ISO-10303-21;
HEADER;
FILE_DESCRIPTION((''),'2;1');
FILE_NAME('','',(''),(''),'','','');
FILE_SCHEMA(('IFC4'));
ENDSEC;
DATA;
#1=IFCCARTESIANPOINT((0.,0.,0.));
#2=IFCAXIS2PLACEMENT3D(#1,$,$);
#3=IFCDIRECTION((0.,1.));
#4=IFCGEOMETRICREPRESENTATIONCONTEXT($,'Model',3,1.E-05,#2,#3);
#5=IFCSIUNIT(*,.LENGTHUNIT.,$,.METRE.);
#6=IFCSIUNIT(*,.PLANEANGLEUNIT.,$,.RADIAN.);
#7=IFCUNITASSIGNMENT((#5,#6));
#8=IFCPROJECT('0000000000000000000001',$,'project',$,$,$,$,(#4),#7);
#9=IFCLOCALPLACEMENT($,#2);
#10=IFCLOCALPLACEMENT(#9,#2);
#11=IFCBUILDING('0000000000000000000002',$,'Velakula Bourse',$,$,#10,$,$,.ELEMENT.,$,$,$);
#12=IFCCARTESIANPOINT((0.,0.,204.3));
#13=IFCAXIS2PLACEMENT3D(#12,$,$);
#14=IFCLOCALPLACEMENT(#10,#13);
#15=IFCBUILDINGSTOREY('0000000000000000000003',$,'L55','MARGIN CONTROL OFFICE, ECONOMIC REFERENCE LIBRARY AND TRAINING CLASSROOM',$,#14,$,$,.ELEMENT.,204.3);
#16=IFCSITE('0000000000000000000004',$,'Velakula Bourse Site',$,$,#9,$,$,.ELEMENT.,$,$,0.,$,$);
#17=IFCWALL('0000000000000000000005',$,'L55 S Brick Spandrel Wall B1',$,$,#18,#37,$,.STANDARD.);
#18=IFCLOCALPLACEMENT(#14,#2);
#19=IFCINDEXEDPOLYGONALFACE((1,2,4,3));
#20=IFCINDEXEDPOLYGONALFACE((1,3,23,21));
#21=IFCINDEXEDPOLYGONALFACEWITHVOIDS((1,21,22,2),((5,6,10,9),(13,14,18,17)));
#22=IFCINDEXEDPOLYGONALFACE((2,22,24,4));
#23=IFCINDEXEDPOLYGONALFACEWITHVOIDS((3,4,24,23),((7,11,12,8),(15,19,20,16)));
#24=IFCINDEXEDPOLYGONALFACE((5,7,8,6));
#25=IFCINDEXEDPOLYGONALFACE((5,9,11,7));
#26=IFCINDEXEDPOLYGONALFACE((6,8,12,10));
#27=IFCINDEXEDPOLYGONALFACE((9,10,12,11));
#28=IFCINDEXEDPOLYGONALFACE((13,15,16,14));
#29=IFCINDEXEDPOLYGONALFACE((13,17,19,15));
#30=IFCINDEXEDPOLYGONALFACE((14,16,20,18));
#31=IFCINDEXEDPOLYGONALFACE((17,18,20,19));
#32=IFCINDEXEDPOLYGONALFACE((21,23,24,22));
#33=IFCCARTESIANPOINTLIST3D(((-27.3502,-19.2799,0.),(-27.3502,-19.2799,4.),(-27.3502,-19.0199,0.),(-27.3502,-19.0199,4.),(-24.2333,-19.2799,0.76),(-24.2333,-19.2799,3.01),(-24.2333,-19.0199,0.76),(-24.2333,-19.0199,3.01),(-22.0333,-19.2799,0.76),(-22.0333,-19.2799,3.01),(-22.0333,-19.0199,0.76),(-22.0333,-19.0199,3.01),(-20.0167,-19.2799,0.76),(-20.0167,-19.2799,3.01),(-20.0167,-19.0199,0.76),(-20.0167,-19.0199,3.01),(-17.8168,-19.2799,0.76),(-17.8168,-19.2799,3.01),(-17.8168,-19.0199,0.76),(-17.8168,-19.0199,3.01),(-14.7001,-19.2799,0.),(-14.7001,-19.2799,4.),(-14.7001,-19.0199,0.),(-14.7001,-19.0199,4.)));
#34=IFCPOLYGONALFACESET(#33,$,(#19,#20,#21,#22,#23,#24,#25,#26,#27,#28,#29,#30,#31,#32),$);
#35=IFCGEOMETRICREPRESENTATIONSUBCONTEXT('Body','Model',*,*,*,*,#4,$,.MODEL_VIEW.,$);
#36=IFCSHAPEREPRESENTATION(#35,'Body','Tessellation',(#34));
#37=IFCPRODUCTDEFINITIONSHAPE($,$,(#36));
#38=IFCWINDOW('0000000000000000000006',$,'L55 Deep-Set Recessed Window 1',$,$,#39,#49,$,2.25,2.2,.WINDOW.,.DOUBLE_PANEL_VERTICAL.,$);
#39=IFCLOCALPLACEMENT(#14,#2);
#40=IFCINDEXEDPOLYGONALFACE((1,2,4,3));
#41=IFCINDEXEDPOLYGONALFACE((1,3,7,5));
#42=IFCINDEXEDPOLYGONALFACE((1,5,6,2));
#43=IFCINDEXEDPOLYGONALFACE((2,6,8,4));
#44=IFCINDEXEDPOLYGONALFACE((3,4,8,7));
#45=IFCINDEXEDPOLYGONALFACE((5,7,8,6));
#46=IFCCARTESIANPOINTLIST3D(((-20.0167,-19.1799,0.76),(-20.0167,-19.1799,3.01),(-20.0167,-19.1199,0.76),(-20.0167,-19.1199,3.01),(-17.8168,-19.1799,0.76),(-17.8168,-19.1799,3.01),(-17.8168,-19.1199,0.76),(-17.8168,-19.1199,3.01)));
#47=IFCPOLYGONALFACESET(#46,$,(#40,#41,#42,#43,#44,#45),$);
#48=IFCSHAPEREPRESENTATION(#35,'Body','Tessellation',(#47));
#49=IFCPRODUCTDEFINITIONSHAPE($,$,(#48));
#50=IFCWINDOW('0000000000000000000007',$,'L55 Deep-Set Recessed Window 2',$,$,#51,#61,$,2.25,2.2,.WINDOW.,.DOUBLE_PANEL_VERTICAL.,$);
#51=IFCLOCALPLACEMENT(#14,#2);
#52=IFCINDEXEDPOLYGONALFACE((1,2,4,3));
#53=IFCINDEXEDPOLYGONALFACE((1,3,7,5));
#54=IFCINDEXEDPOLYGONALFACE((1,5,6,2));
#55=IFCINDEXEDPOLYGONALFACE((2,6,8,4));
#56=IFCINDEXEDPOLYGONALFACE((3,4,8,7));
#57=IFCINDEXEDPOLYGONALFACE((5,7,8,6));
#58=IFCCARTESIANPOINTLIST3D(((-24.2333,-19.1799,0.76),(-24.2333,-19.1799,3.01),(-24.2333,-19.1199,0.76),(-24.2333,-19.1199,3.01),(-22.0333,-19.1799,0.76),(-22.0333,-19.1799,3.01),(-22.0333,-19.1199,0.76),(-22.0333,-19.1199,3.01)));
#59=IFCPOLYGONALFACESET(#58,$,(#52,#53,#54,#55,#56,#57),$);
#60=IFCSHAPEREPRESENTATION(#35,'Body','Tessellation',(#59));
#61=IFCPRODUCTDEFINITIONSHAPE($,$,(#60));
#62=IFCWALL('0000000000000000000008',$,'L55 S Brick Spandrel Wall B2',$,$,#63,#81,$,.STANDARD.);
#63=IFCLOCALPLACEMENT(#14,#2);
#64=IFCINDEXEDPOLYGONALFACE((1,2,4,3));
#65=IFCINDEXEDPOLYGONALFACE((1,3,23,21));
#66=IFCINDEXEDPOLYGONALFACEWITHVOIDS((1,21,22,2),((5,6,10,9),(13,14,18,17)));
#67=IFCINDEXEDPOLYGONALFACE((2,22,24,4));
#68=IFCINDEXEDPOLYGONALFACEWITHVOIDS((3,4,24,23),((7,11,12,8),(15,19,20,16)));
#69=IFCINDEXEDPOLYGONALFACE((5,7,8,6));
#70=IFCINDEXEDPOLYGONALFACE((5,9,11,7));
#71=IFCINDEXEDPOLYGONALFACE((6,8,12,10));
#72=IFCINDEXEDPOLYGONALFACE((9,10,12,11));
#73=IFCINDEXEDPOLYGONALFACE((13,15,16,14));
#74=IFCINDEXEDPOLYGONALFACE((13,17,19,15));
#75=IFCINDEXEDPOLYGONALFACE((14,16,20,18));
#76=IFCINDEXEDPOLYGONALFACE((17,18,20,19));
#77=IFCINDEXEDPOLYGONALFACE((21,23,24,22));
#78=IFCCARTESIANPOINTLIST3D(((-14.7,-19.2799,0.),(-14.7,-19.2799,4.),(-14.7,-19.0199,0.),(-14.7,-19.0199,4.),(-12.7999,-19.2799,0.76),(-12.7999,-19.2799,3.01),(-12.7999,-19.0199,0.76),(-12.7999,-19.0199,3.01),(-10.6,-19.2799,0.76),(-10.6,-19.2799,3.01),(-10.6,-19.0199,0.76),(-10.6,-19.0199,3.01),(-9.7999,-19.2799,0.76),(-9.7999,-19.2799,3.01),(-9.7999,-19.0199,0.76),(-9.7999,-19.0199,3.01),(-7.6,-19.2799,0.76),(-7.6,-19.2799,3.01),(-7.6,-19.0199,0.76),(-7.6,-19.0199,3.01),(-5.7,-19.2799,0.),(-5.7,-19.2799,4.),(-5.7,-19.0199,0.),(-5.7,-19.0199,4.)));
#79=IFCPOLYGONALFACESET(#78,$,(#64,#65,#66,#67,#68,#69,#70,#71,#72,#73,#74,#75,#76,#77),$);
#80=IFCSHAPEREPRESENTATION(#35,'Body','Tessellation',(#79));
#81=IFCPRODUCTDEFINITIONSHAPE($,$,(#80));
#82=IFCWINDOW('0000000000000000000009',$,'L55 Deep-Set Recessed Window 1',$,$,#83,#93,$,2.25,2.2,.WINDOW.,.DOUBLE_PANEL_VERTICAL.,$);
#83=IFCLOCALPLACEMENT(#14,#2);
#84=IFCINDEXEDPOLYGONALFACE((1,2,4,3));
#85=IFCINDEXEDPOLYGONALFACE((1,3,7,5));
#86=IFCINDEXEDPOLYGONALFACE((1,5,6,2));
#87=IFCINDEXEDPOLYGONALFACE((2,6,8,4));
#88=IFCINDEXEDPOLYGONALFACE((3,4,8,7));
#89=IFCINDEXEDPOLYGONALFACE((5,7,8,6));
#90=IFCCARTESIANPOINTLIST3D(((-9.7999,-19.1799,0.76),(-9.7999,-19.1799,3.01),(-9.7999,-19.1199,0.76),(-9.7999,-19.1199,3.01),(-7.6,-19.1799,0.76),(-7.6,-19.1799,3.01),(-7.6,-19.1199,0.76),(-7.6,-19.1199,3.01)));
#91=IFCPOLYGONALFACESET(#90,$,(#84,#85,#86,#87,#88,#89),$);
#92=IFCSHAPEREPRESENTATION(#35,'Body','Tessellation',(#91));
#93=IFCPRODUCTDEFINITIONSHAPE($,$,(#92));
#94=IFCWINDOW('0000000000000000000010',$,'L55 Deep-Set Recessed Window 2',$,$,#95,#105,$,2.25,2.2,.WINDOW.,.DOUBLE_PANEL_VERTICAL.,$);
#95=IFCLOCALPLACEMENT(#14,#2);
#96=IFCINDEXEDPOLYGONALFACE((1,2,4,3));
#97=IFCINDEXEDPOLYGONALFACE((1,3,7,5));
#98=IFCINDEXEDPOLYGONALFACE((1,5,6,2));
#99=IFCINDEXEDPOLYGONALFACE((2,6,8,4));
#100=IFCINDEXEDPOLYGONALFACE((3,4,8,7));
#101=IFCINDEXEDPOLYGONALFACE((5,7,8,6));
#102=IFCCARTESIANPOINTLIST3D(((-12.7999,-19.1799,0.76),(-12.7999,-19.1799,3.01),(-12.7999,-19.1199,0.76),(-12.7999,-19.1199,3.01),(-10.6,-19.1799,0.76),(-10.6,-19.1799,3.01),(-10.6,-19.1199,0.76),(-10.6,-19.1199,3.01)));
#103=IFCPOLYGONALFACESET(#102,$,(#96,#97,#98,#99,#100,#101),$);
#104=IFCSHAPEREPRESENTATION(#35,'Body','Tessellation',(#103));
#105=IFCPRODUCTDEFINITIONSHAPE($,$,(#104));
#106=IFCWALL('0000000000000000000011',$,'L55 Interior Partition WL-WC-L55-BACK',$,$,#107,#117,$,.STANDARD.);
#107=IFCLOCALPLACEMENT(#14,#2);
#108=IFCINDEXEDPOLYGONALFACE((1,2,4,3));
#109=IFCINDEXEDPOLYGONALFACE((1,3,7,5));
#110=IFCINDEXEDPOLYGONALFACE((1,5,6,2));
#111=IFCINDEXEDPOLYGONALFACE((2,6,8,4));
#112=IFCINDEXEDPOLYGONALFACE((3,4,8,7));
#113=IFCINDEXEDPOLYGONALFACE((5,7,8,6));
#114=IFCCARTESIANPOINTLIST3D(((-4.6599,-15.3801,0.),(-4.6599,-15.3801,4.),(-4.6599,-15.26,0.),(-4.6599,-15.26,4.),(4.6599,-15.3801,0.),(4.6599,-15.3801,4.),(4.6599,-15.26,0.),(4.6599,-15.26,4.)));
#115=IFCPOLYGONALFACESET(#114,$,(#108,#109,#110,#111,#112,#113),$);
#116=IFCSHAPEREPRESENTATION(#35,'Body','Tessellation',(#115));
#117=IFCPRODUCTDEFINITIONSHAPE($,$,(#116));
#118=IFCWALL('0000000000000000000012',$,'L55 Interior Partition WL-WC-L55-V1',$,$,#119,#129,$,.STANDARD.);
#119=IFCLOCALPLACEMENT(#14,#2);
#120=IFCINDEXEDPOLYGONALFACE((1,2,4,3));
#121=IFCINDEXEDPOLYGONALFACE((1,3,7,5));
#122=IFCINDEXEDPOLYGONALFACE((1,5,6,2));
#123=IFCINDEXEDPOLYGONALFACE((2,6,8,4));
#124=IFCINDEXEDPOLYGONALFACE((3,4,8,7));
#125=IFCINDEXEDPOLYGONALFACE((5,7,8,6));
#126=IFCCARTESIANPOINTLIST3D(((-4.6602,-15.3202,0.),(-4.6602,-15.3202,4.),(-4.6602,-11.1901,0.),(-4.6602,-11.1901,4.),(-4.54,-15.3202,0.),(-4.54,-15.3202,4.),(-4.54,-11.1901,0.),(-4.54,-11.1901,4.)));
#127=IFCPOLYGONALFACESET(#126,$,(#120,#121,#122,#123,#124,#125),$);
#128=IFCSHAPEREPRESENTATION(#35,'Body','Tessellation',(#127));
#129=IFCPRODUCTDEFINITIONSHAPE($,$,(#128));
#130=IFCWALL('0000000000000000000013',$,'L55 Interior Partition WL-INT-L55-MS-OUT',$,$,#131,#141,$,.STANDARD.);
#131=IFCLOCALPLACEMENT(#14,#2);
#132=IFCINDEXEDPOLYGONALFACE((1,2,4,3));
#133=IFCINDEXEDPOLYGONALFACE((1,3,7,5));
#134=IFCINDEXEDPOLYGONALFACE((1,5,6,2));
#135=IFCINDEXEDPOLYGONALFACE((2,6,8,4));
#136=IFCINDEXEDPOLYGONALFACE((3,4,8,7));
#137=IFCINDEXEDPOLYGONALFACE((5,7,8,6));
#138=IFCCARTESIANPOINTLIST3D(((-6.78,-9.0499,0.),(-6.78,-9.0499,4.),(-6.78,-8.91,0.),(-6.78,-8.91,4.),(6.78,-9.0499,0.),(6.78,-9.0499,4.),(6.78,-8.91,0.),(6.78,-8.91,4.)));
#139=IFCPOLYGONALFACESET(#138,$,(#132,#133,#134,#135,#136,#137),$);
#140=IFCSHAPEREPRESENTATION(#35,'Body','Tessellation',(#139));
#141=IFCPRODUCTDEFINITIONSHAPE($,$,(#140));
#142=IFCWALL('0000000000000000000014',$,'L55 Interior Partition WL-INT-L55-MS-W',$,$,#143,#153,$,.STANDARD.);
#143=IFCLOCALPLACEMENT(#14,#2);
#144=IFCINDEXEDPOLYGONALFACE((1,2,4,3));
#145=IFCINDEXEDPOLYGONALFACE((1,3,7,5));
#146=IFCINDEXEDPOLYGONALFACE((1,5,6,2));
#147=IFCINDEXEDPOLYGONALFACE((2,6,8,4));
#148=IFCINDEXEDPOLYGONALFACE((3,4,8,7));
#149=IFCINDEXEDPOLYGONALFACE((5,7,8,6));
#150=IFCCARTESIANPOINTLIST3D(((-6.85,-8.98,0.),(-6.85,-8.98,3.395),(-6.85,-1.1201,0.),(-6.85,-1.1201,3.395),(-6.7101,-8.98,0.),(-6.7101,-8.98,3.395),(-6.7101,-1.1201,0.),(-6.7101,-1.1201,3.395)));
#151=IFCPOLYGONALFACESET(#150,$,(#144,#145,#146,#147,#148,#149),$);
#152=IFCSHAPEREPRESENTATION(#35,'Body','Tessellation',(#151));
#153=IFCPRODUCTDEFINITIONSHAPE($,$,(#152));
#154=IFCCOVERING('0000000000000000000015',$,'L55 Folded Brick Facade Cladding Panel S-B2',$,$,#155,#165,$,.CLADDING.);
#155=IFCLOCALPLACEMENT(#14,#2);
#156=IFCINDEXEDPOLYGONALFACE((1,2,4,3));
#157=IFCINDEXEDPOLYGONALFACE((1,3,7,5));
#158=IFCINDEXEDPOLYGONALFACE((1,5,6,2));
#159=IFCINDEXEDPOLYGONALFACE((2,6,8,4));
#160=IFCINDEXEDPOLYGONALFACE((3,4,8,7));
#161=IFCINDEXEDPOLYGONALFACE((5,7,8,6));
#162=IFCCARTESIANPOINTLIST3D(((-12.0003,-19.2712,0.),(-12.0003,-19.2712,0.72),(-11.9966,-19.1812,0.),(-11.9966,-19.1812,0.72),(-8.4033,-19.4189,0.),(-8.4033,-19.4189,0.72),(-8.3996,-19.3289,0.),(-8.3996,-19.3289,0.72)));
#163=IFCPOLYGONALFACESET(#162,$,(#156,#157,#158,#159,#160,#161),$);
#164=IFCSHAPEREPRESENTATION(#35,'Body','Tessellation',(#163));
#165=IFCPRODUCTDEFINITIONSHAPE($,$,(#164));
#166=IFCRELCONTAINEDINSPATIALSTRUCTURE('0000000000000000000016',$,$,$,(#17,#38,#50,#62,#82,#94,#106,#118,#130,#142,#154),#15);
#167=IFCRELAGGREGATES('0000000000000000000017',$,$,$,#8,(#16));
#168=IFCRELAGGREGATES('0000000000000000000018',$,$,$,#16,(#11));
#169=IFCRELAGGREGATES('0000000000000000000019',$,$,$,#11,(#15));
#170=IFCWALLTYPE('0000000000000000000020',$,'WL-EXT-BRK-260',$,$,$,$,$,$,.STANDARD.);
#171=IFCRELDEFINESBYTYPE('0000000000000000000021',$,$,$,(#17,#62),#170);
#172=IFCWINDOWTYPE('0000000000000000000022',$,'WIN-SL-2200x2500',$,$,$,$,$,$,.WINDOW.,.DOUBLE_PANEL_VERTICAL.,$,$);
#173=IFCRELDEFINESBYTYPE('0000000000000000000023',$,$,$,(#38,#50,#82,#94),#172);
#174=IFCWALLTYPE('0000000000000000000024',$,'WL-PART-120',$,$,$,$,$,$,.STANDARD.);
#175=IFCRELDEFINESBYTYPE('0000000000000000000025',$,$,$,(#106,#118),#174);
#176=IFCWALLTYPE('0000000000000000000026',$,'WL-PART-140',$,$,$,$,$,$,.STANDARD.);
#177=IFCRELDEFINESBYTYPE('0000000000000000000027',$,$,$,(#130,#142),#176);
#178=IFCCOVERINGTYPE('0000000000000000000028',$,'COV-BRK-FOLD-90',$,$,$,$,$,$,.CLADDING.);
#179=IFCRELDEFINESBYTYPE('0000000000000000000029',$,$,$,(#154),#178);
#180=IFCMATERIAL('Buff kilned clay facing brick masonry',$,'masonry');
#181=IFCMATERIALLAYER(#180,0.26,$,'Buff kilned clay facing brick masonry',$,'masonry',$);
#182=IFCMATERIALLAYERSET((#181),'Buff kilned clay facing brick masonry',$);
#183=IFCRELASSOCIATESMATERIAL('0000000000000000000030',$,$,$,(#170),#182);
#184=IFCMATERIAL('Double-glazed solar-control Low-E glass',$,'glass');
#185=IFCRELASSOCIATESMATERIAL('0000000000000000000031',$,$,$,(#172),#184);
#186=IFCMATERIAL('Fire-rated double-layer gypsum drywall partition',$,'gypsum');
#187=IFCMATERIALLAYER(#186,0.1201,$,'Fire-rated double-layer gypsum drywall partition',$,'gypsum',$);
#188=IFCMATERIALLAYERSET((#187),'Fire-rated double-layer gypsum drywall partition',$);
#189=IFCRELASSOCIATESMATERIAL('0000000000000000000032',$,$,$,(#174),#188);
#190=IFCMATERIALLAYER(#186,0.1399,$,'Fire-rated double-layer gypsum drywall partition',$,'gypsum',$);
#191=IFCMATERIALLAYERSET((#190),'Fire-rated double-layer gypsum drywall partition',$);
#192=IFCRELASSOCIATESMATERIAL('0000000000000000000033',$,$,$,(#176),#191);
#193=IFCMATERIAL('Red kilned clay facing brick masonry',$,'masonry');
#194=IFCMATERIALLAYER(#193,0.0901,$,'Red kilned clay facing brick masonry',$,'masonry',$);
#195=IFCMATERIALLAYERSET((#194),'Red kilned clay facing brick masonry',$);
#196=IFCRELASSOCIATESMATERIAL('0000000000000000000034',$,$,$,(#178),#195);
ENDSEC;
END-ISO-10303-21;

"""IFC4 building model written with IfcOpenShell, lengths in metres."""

from ifc_helpers import new_model, si_unit, direction, frame, frame_2d, origin, origin_2d, place, context, subcontext, project, spatial, rectangle, extrude, material, layer, layer_set, type_object, element, fill, save


model = new_model("IFC4")

# Units and contexts
model_context = context("Model", 3, precision=1e-05, world=origin(), true_north=direction((0.0, 1.0)))
body_context = subcontext(model_context, "Body", "Model", "MODEL_VIEW")
ifc_project = project(units=[si_unit("LENGTHUNIT", "METRE"), si_unit("PLANEANGLEUNIT", "RADIAN")], contexts=[model_context])

# Site, building, storey
site_placement = place(None, origin())
site = spatial("IfcSite", under=ifc_project, at=site_placement, Name="Velakula Bourse Site", CompositionType="ELEMENT", RefElevation=0.0)
building_placement = place(site_placement, origin())
building = spatial("IfcBuilding", under=site, at=building_placement, Name="Velakula Bourse", CompositionType="ELEMENT")
storey_placement = place(building_placement, frame((0.0, 0.0, 204.3)))
storey = spatial("IfcBuildingStorey", under=building, at=storey_placement, Name="L55", Description="MARGIN CONTROL OFFICE, ECONOMIC REFERENCE LIBRARY AND TRAINING CLASSROOM", CompositionType="ELEMENT", Elevation=204.3)

# Walls, openings, windows
ifc_material_1 = material(Name="Buff kilned clay facing brick masonry", Category="masonry")
ifc_layer_1 = layer(ifc_material_1, 0.26, Name="Buff kilned clay facing brick masonry", Category="masonry")
ifc_layer_set_1 = layer_set([ifc_layer_1], Name="Buff kilned clay facing brick masonry")
wall_type_1 = type_object("IfcWallType", Name="WL-EXT-BRK-260", PredefinedType="STANDARD", material=ifc_layer_set_1)
wall_1_placement = place(storey_placement, frame((-14.7, -19.1499, 0.0), z_axis=(0.0, 0.0, 1.0), x_axis=(-1.0, 0.0, 0.0)))
wall_1 = element("IfcWall", 1, at=wall_1_placement, inside=storey, type_object=wall_type_1, Name="L55 S Brick Spandrel Wall B1", PredefinedType="STANDARD", context=body_context, shape_type="SweptSolid", body=[
    extrude(rectangle(XDim=12.6501, YDim=0.26, at=frame_2d((6.3252, 0.0))), origin(), (0.0, 0.0, 1.0), 4.0),
])
opening_1_placement = place(wall_1_placement, frame((3.1167, 0.0, 0.76)))
opening_1 = element("IfcOpeningElement", 2, at=opening_1_placement, cuts=wall_1, PredefinedType="OPENING", context=body_context, shape_type="SweptSolid", body=[
    extrude(rectangle(XDim=2.2, YDim=2.25, at=frame_2d((1.1001, 1.125))), frame((0.0, 0.1399, 0.0), z_axis=(0.0, -1.0, 0.0), x_axis=(1.0, 0.0, 0.0)), (0.0, 0.0, 1.0), 0.28),
])
opening_2_placement = place(wall_1_placement, frame((7.3333, 0.0, 0.76)))
opening_2 = element("IfcOpeningElement", 3, at=opening_2_placement, cuts=wall_1, PredefinedType="OPENING", context=body_context, shape_type="SweptSolid", body=[
    extrude(rectangle(XDim=2.2, YDim=2.25, at=frame_2d((1.1001, 1.125))), frame((0.0, 0.1399, 0.0), z_axis=(0.0, -1.0, 0.0), x_axis=(1.0, 0.0, 0.0)), (0.0, 0.0, 1.0), 0.28),
])
ifc_material_2 = material(Name="Double-glazed solar-control Low-E glass", Category="glass")
window_type = type_object("IfcWindowType", Name="WIN-SL-2200x2500", PartitioningType="DOUBLE_PANEL_VERTICAL", PredefinedType="WINDOW", material=ifc_material_2)
window_1_placement = place(opening_1_placement, origin())
window_1 = element("IfcWindow", 4, at=window_1_placement, inside=storey, type_object=window_type, Name="L55 Deep-Set Recessed Window 1", OverallHeight=2.25, OverallWidth=2.2, PartitioningType="DOUBLE_PANEL_VERTICAL", PredefinedType="WINDOW", context=body_context, shape_type="SweptSolid", body=[
    extrude(rectangle(XDim=2.2, YDim=2.25, at=frame_2d((1.1001, 1.125))), frame((0.0, 0.03, 0.0), z_axis=(0.0, -1.0, 0.0), x_axis=(1.0, 0.0, 0.0)), (0.0, 0.0, 1.0), 0.0601),
])
fill(opening_1, window_1)
window_2_placement = place(opening_2_placement, origin())
window_2 = element("IfcWindow", 5, at=window_2_placement, inside=storey, type_object=window_type, Name="L55 Deep-Set Recessed Window 2", OverallHeight=2.25, OverallWidth=2.2, PartitioningType="DOUBLE_PANEL_VERTICAL", PredefinedType="WINDOW", context=body_context, shape_type="SweptSolid", body=[
    extrude(rectangle(XDim=2.2, YDim=2.25, at=frame_2d((1.1001, 1.125))), frame((0.0, 0.03, 0.0), z_axis=(0.0, -1.0, 0.0), x_axis=(1.0, 0.0, 0.0)), (0.0, 0.0, 1.0), 0.0601),
])
fill(opening_2, window_2)
wall_2_placement = place(storey_placement, frame((-5.7, -19.1499, 0.0), z_axis=(0.0, 0.0, 1.0), x_axis=(-1.0, 0.0, 0.0)))
wall_2 = element("IfcWall", 6, at=wall_2_placement, inside=storey, type_object=wall_type_1, Name="L55 S Brick Spandrel Wall B2", PredefinedType="STANDARD", context=body_context, shape_type="SweptSolid", body=[
    extrude(rectangle(XDim=9.0, YDim=0.26, at=frame_2d((4.5, 0.0))), origin(), (0.0, 0.0, 1.0), 4.0),
])
opening_3_placement = place(wall_2_placement, frame((1.8999, 0.0, 0.76)))
opening_3 = element("IfcOpeningElement", 7, at=opening_3_placement, cuts=wall_2, PredefinedType="OPENING", context=body_context, shape_type="SweptSolid", body=[
    extrude(rectangle(XDim=2.2, YDim=2.25, at=frame_2d((1.1001, 1.125))), frame((0.0, 0.1399, 0.0), z_axis=(0.0, -1.0, 0.0), x_axis=(1.0, 0.0, 0.0)), (0.0, 0.0, 1.0), 0.28),
])
opening_4_placement = place(wall_2_placement, frame((4.8999, 0.0, 0.76)))
opening_4 = element("IfcOpeningElement", 8, at=opening_4_placement, cuts=wall_2, PredefinedType="OPENING", context=body_context, shape_type="SweptSolid", body=[
    extrude(rectangle(XDim=2.2, YDim=2.25, at=frame_2d((1.1001, 1.125))), frame((0.0, 0.1399, 0.0), z_axis=(0.0, -1.0, 0.0), x_axis=(1.0, 0.0, 0.0)), (0.0, 0.0, 1.0), 0.28),
])
window_3_placement = place(opening_3_placement, origin())
window_3 = element("IfcWindow", 9, at=window_3_placement, inside=storey, type_object=window_type, Name="L55 Deep-Set Recessed Window 1", OverallHeight=2.25, OverallWidth=2.2, PartitioningType="DOUBLE_PANEL_VERTICAL", PredefinedType="WINDOW", context=body_context, shape_type="SweptSolid", body=[
    extrude(rectangle(XDim=2.2, YDim=2.25, at=frame_2d((1.1001, 1.125))), frame((0.0, 0.03, 0.0), z_axis=(0.0, -1.0, 0.0), x_axis=(1.0, 0.0, 0.0)), (0.0, 0.0, 1.0), 0.0601),
])
fill(opening_3, window_3)
window_4_placement = place(opening_4_placement, origin())
window_4 = element("IfcWindow", 10, at=window_4_placement, inside=storey, type_object=window_type, Name="L55 Deep-Set Recessed Window 2", OverallHeight=2.25, OverallWidth=2.2, PartitioningType="DOUBLE_PANEL_VERTICAL", PredefinedType="WINDOW", context=body_context, shape_type="SweptSolid", body=[
    extrude(rectangle(XDim=2.2, YDim=2.25, at=frame_2d((1.1001, 1.125))), frame((0.0, 0.03, 0.0), z_axis=(0.0, -1.0, 0.0), x_axis=(1.0, 0.0, 0.0)), (0.0, 0.0, 1.0), 0.0601),
])
fill(opening_4, window_4)

# Walls
ifc_material_3 = material(Name="Fire-rated double-layer gypsum drywall partition", Category="gypsum")
ifc_layer_2 = layer(ifc_material_3, 0.1201, Name="Fire-rated double-layer gypsum drywall partition", Category="gypsum")
ifc_layer_set_2 = layer_set([ifc_layer_2], Name="Fire-rated double-layer gypsum drywall partition")
wall_type_2 = type_object("IfcWallType", Name="WL-PART-120", PredefinedType="STANDARD", material=ifc_layer_set_2)
wall_3_placement = place(storey_placement, frame((-4.6599, -15.3201, 0.0), z_axis=(0.0, 0.0, 1.0), x_axis=(1.0, 0.0, 0.0)))
element("IfcWall", 11, at=wall_3_placement, inside=storey, type_object=wall_type_2, Name="L55 Interior Partition WL-WC-L55-BACK", PredefinedType="STANDARD", context=body_context, shape_type="SweptSolid", body=[
    extrude(rectangle(XDim=9.3198, YDim=0.1201, at=frame_2d((4.6599, 0.0))), origin(), (0.0, 0.0, 1.0), 4.0),
])
wall_4_placement = place(storey_placement, frame((-4.6001, -15.3201, 0.0), z_axis=(0.0, 0.0, 1.0), x_axis=(0.0, 1.0, 0.0)))
element("IfcWall", 12, at=wall_4_placement, inside=storey, type_object=wall_type_2, Name="L55 Interior Partition WL-WC-L55-V1", PredefinedType="STANDARD", context=body_context, shape_type="SweptSolid", body=[
    extrude(rectangle(XDim=4.1301, YDim=0.1201, at=frame_2d((2.0649, 0.0))), origin(), (0.0, 0.0, 1.0), 4.0),
])
ifc_layer_3 = layer(ifc_material_3, 0.1399, Name="Fire-rated double-layer gypsum drywall partition", Category="gypsum")
ifc_layer_set_3 = layer_set([ifc_layer_3], Name="Fire-rated double-layer gypsum drywall partition")
wall_type_3 = type_object("IfcWallType", Name="WL-PART-140", PredefinedType="STANDARD", material=ifc_layer_set_3)
wall_5_placement = place(storey_placement, frame((-6.78, -8.98, 0.0), z_axis=(0.0, 0.0, 1.0), x_axis=(1.0, 0.0, 0.0)))
element("IfcWall", 13, at=wall_5_placement, inside=storey, type_object=wall_type_3, Name="L55 Interior Partition WL-INT-L55-MS-OUT", PredefinedType="STANDARD", context=body_context, shape_type="SweptSolid", body=[
    extrude(rectangle(XDim=13.5601, YDim=0.1399, at=frame_2d((6.78, 0.0))), origin(), (0.0, 0.0, 1.0), 4.0),
])
wall_6_placement = place(storey_placement, frame((-6.78, -8.98, 0.0), z_axis=(0.0, 0.0, 1.0), x_axis=(0.0, 1.0, 0.0)))
element("IfcWall", 14, at=wall_6_placement, inside=storey, type_object=wall_type_3, Name="L55 Interior Partition WL-INT-L55-MS-W", PredefinedType="STANDARD", context=body_context, shape_type="SweptSolid", body=[
    extrude(rectangle(XDim=7.8599, YDim=0.1399, at=frame_2d((3.9299, 0.0))), origin(), (0.0, 0.0, 1.0), 3.395),
])

# Covering
ifc_material_4 = material(Name="Red kilned clay facing brick masonry", Category="masonry")
ifc_layer_4 = layer(ifc_material_4, 0.0901, Name="Red kilned clay facing brick masonry", Category="masonry")
ifc_layer_set_4 = layer_set([ifc_layer_4], Name="Red kilned clay facing brick masonry")
covering_type = type_object("IfcCoveringType", Name="COV-BRK-FOLD-90", PredefinedType="CLADDING", material=ifc_layer_set_4)
covering_placement = place(storey_placement, frame((-10.2, -19.3, 0.0), z_axis=(0.0, 0.0, 1.0), x_axis=(0.999159, -0.041004, 0.0)))
element("IfcCovering", 15, at=covering_placement, inside=storey, type_object=covering_type, Name="L55 Folded Brick Facade Cladding Panel S-B2", PredefinedType="CLADDING", context=body_context, shape_type="SweptSolid", body=[
    extrude(rectangle(XDim=3.6001, YDim=0.0901, at=origin_2d()), origin(), (0.0, 0.0, 1.0), 0.72),
])

save(model, "model.ifc")
